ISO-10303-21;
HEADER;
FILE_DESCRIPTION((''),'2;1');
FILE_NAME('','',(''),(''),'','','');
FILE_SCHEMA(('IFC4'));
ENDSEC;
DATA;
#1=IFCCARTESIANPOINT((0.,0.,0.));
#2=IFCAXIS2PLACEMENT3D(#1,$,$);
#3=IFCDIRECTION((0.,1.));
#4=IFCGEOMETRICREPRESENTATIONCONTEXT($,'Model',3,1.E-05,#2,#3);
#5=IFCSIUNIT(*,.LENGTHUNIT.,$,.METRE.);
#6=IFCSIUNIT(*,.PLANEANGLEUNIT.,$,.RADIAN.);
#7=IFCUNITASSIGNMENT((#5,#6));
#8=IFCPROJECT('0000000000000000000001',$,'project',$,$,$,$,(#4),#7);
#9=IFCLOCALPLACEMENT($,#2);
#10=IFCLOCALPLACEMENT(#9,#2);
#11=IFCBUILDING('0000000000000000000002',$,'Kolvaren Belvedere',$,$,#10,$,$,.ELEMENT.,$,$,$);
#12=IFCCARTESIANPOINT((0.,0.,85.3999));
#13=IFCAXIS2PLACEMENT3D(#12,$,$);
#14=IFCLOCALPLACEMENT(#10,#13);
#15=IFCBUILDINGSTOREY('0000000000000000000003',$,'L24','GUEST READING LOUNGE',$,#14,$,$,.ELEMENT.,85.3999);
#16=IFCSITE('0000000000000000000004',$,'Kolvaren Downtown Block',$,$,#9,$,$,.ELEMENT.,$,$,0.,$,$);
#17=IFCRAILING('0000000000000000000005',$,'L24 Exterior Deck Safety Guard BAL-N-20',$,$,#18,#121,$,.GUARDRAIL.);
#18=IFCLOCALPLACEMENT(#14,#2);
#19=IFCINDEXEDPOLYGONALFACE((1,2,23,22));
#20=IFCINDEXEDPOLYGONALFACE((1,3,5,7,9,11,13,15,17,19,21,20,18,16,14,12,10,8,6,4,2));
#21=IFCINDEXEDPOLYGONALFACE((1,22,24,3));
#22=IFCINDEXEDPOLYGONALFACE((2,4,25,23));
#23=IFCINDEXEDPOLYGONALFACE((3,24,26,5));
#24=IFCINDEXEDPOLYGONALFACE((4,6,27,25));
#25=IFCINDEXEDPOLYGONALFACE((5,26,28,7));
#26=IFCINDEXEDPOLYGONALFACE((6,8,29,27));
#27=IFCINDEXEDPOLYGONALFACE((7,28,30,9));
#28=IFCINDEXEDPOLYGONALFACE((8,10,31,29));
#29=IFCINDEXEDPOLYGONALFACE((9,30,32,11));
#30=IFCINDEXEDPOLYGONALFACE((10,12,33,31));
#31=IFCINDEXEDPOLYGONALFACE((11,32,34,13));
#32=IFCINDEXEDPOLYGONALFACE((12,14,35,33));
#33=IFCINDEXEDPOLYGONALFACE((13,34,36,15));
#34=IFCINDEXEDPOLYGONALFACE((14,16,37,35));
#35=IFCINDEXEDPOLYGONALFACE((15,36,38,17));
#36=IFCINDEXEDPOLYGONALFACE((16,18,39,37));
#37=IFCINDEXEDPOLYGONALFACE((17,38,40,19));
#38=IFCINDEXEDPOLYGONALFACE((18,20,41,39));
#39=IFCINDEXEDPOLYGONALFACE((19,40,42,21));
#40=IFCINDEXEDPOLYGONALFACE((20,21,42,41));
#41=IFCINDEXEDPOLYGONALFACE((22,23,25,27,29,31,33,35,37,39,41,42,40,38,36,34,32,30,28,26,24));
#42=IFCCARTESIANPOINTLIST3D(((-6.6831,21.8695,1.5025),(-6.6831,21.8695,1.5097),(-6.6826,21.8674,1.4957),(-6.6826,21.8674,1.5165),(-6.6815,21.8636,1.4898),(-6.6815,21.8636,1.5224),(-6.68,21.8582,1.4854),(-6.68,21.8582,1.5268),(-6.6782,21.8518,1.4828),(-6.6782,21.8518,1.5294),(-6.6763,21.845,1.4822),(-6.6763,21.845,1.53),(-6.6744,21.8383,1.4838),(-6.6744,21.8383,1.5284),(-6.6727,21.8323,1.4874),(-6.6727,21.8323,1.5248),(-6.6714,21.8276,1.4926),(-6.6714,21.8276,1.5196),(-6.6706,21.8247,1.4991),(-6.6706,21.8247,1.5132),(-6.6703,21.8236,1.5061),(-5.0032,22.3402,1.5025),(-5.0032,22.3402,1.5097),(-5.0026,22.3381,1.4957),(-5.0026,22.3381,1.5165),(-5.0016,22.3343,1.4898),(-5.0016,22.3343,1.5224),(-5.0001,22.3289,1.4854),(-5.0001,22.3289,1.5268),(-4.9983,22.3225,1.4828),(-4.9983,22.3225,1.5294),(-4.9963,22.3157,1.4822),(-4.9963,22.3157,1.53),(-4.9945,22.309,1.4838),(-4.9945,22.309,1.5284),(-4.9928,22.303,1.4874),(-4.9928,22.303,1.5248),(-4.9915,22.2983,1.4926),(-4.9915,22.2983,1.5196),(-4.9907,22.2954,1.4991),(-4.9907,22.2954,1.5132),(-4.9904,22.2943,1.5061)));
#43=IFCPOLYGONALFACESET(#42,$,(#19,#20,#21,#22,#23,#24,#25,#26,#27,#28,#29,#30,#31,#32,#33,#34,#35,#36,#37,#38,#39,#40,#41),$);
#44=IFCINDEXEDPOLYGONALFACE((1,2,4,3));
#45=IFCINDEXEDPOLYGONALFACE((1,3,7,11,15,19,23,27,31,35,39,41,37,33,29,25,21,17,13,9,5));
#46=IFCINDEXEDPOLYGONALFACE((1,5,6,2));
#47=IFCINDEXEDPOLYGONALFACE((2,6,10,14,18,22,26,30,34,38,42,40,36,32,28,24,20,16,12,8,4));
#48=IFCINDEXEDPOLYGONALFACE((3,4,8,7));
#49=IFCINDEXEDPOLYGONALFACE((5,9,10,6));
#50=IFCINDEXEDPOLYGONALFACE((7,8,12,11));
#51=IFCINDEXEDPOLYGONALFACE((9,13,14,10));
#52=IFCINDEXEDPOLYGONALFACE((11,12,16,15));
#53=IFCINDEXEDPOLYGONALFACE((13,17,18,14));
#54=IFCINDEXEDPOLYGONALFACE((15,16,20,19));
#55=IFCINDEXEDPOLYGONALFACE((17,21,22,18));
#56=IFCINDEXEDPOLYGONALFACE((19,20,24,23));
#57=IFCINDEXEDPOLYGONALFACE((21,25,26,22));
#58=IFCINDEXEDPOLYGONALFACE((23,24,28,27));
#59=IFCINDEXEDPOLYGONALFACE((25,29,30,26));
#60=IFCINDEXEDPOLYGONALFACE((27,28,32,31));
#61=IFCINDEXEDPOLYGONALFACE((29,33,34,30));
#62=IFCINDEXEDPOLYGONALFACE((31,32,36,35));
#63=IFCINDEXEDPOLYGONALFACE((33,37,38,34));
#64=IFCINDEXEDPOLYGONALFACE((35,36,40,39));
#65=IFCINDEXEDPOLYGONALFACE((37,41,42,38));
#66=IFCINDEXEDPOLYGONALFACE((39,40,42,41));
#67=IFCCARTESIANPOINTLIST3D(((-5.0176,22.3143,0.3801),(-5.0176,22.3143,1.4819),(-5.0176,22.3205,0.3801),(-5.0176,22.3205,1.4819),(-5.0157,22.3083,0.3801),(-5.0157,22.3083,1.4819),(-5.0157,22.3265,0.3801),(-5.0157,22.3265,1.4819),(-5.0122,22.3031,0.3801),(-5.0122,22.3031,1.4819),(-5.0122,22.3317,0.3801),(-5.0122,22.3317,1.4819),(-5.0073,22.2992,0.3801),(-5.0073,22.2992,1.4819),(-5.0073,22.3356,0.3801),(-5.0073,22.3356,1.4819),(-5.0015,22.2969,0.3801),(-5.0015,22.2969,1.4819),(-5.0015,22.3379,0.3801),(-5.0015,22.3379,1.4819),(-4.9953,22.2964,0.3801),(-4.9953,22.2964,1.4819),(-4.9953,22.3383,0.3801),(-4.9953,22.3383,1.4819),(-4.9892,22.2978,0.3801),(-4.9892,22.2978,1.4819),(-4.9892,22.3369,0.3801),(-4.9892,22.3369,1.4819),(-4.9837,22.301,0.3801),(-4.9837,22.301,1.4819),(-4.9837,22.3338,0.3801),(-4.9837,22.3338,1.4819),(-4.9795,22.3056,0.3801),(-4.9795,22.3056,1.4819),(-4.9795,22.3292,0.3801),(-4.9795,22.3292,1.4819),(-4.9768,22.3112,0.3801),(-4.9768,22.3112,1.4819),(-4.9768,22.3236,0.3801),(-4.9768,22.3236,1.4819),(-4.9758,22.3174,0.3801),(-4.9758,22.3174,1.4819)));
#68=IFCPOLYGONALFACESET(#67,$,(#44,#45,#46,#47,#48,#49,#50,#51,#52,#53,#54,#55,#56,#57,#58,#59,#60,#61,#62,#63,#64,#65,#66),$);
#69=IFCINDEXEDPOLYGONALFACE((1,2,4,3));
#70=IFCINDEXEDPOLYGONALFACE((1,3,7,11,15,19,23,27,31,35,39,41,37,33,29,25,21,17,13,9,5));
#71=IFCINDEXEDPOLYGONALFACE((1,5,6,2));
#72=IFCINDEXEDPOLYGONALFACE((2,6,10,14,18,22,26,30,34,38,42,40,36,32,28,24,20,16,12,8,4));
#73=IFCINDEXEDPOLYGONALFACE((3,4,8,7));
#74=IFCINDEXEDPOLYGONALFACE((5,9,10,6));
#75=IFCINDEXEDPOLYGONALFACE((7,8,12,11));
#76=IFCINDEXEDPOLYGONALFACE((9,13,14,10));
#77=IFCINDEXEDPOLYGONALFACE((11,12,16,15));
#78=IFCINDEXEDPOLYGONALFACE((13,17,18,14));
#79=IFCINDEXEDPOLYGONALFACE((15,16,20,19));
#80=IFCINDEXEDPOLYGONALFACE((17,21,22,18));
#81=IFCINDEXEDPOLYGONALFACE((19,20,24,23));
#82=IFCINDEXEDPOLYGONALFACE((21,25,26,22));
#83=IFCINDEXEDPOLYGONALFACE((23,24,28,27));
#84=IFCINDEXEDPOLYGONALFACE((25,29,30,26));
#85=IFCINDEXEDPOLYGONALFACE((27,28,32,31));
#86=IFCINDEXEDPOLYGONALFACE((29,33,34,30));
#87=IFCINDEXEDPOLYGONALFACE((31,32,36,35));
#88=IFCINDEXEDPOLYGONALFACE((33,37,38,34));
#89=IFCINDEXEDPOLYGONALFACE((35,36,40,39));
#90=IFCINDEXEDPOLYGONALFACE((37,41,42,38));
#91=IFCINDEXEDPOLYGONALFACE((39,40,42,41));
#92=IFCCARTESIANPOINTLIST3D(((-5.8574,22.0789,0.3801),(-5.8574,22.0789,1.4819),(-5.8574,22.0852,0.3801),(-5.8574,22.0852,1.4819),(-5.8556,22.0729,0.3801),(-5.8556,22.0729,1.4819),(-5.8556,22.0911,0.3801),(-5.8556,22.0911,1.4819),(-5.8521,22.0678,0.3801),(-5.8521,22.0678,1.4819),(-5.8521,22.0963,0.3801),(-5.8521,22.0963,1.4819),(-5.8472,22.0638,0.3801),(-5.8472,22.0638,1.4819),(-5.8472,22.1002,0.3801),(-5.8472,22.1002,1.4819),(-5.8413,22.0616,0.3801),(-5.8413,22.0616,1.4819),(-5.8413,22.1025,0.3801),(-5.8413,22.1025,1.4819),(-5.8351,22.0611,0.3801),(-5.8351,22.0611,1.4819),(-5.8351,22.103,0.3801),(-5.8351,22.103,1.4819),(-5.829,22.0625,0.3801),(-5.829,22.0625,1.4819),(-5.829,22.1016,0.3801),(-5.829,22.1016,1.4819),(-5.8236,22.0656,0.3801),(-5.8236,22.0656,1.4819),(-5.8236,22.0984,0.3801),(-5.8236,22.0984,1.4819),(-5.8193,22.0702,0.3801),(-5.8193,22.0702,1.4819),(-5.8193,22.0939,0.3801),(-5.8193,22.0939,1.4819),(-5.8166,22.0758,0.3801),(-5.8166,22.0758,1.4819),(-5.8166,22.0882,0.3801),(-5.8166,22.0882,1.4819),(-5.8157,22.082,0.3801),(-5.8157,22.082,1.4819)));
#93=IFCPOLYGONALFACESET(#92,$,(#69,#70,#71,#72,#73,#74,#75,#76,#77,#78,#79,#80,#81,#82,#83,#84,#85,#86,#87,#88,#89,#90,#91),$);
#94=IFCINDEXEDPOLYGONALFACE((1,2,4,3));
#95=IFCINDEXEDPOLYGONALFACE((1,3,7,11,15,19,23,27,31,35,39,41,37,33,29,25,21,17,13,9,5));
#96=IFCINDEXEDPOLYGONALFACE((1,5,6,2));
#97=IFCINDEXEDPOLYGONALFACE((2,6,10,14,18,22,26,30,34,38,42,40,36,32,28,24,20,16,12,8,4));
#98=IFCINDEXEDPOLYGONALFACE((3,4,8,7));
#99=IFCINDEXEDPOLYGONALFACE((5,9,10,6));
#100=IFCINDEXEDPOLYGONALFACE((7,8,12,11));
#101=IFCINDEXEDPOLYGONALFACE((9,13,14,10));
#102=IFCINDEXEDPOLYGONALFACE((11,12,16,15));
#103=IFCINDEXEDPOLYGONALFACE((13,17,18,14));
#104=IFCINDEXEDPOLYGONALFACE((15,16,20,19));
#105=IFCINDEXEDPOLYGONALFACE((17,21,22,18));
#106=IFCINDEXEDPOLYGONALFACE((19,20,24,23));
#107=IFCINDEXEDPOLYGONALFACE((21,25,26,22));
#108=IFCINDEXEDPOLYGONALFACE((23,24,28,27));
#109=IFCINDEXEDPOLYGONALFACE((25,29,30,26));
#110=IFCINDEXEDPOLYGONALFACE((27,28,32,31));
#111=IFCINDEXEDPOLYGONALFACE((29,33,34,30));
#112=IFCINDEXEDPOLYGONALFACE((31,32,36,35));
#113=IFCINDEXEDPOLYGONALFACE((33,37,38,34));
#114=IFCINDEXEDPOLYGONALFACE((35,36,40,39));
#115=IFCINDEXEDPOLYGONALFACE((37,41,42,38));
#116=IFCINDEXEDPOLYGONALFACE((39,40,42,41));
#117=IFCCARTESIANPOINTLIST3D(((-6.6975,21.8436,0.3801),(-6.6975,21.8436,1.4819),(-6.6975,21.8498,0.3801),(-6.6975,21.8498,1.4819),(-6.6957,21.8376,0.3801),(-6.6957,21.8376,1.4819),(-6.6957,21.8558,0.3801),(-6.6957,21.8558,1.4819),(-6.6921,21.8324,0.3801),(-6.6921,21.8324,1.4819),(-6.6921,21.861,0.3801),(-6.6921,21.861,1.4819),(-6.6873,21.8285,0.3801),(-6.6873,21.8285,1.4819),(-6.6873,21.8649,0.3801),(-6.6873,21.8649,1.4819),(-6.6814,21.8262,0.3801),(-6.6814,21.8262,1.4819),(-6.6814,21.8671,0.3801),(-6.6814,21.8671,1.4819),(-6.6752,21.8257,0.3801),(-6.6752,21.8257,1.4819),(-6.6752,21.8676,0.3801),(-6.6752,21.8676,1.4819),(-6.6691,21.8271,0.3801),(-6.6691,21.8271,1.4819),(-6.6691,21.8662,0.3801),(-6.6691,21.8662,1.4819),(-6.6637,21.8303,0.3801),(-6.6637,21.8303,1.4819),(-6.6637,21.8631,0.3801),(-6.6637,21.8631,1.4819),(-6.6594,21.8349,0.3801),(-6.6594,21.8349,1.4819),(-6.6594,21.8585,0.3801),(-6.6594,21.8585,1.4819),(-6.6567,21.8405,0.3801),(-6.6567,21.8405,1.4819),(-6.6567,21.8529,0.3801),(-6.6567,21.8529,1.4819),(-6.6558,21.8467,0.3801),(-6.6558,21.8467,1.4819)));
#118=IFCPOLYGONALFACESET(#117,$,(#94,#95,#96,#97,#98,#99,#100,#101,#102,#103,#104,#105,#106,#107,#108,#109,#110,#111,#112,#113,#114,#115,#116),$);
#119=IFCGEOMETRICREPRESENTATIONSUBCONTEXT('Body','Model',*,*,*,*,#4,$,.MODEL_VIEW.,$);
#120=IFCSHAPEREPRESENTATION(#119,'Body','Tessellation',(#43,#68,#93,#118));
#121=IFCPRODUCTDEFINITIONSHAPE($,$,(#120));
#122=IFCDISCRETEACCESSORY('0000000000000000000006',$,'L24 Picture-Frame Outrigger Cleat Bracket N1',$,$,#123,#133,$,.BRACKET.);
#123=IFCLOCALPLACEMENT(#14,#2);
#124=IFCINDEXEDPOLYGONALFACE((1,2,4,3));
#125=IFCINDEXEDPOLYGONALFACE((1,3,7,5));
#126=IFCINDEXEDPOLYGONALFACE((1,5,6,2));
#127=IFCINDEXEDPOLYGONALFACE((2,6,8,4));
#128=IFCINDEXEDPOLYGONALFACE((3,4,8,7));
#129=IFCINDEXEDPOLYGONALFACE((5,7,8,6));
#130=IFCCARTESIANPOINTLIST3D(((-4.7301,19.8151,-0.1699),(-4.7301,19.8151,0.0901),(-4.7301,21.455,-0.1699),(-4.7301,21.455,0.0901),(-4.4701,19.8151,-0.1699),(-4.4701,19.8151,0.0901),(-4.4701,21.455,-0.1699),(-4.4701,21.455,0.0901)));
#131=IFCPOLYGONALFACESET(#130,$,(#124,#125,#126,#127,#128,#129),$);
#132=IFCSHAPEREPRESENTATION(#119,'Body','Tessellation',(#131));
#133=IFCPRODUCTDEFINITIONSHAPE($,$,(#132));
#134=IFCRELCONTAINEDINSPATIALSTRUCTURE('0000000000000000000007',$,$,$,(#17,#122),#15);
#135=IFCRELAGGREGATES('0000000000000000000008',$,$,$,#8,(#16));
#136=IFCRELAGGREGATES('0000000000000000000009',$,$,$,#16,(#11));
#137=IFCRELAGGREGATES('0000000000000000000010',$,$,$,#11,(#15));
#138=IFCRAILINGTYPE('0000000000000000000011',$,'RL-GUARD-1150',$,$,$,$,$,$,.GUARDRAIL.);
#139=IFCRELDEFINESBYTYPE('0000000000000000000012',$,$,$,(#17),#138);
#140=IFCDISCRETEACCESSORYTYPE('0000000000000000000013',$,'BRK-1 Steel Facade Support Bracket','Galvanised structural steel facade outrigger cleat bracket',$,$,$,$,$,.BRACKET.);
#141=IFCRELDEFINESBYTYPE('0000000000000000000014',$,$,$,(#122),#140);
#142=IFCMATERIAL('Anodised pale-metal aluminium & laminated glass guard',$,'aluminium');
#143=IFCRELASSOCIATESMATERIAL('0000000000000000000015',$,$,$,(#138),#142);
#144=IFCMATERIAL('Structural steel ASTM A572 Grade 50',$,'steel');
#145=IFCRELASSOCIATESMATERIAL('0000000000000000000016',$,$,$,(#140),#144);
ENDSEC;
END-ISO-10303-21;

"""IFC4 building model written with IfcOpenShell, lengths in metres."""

from ifc_helpers import new_model, si_unit, direction, frame, origin, origin_2d, place, context, subcontext, project, spatial, rectangle, circle, extrude, material, type_object, element, save


model = new_model("IFC4")

# Units and contexts
model_context = context("Model", 3, precision=1e-05, world=origin(), true_north=direction((0.0, 1.0)))
body_context = subcontext(model_context, "Body", "Model", "MODEL_VIEW")
ifc_project = project(units=[si_unit("LENGTHUNIT", "METRE"), si_unit("PLANEANGLEUNIT", "RADIAN")], contexts=[model_context])

# Site, building, storey
site_placement = place(None, origin())
site = spatial("IfcSite", under=ifc_project, at=site_placement, Name="Kolvaren Downtown Block", CompositionType="ELEMENT", RefElevation=0.0)
building_placement = place(site_placement, origin())
building = spatial("IfcBuilding", under=site, at=building_placement, Name="Kolvaren Belvedere", CompositionType="ELEMENT")
storey_placement = place(building_placement, frame((0.0, 0.0, 85.3999)))
storey = spatial("IfcBuildingStorey", under=building, at=storey_placement, Name="L24", Description="GUEST READING LOUNGE", CompositionType="ELEMENT", Elevation=85.3999)

# Railing
ifc_material_1 = material(Name="Anodised pale-metal aluminium & laminated glass guard", Category="aluminium")
railing_type = type_object("IfcRailingType", Name="RL-GUARD-1150", PredefinedType="GUARDRAIL", material=ifc_material_1)
railing_1_placement = place(storey_placement, frame((-4.9968, 22.3174, 0.3801)))
element("IfcRailing", 1, at=railing_1_placement, inside=storey, type_object=railing_type, Name="L24 Exterior Deck Safety Guard BAL-N-20", PredefinedType="GUARDRAIL", context=body_context, shape_type="SweptSolid", body=[
    extrude(circle(Radius=0.0239, at=origin_2d()), frame((0.0, 0.0, 1.126), z_axis=(-0.962916, -0.269801, 0.0), x_axis=(0.269801, -0.962916, 0.0)), (0.0, 0.0, 1.0), 1.7446),
    extrude(circle(Radius=0.021, at=origin_2d()), origin(), (0.0, 0.0, 1.0), 1.1018),
    extrude(circle(Radius=0.021, at=origin_2d()), frame((-0.8398, -0.2354, 0.0)), (0.0, 0.0, 1.0), 1.1018),
    extrude(circle(Radius=0.021, at=origin_2d()), frame((-1.6799, -0.4707, 0.0)), (0.0, 0.0, 1.0), 1.1018),
])

# Discrete accessory
ifc_material_2 = material(Name="Structural steel ASTM A572 Grade 50", Category="steel")
discrete_accessory_type = type_object("IfcDiscreteAccessoryType", Name="BRK-1 Steel Facade Support Bracket", Description="Galvanised structural steel facade outrigger cleat bracket", PredefinedType="BRACKET", material=ifc_material_2)
discrete_accessory_placement = place(storey_placement, frame((-4.6001, 20.635, -0.1699), z_axis=(0.0, 0.0, 1.0), x_axis=(0.0, 1.0, 0.0)))
element("IfcDiscreteAccessory", 2, at=discrete_accessory_placement, inside=storey, type_object=discrete_accessory_type, Name="L24 Picture-Frame Outrigger Cleat Bracket N1", PredefinedType="BRACKET", context=body_context, shape_type="SweptSolid", body=[
    extrude(rectangle(XDim=1.6399, YDim=0.26, at=origin_2d()), origin(), (0.0, 0.0, 1.0), 0.26),
])

save(model, "model.ifc")
